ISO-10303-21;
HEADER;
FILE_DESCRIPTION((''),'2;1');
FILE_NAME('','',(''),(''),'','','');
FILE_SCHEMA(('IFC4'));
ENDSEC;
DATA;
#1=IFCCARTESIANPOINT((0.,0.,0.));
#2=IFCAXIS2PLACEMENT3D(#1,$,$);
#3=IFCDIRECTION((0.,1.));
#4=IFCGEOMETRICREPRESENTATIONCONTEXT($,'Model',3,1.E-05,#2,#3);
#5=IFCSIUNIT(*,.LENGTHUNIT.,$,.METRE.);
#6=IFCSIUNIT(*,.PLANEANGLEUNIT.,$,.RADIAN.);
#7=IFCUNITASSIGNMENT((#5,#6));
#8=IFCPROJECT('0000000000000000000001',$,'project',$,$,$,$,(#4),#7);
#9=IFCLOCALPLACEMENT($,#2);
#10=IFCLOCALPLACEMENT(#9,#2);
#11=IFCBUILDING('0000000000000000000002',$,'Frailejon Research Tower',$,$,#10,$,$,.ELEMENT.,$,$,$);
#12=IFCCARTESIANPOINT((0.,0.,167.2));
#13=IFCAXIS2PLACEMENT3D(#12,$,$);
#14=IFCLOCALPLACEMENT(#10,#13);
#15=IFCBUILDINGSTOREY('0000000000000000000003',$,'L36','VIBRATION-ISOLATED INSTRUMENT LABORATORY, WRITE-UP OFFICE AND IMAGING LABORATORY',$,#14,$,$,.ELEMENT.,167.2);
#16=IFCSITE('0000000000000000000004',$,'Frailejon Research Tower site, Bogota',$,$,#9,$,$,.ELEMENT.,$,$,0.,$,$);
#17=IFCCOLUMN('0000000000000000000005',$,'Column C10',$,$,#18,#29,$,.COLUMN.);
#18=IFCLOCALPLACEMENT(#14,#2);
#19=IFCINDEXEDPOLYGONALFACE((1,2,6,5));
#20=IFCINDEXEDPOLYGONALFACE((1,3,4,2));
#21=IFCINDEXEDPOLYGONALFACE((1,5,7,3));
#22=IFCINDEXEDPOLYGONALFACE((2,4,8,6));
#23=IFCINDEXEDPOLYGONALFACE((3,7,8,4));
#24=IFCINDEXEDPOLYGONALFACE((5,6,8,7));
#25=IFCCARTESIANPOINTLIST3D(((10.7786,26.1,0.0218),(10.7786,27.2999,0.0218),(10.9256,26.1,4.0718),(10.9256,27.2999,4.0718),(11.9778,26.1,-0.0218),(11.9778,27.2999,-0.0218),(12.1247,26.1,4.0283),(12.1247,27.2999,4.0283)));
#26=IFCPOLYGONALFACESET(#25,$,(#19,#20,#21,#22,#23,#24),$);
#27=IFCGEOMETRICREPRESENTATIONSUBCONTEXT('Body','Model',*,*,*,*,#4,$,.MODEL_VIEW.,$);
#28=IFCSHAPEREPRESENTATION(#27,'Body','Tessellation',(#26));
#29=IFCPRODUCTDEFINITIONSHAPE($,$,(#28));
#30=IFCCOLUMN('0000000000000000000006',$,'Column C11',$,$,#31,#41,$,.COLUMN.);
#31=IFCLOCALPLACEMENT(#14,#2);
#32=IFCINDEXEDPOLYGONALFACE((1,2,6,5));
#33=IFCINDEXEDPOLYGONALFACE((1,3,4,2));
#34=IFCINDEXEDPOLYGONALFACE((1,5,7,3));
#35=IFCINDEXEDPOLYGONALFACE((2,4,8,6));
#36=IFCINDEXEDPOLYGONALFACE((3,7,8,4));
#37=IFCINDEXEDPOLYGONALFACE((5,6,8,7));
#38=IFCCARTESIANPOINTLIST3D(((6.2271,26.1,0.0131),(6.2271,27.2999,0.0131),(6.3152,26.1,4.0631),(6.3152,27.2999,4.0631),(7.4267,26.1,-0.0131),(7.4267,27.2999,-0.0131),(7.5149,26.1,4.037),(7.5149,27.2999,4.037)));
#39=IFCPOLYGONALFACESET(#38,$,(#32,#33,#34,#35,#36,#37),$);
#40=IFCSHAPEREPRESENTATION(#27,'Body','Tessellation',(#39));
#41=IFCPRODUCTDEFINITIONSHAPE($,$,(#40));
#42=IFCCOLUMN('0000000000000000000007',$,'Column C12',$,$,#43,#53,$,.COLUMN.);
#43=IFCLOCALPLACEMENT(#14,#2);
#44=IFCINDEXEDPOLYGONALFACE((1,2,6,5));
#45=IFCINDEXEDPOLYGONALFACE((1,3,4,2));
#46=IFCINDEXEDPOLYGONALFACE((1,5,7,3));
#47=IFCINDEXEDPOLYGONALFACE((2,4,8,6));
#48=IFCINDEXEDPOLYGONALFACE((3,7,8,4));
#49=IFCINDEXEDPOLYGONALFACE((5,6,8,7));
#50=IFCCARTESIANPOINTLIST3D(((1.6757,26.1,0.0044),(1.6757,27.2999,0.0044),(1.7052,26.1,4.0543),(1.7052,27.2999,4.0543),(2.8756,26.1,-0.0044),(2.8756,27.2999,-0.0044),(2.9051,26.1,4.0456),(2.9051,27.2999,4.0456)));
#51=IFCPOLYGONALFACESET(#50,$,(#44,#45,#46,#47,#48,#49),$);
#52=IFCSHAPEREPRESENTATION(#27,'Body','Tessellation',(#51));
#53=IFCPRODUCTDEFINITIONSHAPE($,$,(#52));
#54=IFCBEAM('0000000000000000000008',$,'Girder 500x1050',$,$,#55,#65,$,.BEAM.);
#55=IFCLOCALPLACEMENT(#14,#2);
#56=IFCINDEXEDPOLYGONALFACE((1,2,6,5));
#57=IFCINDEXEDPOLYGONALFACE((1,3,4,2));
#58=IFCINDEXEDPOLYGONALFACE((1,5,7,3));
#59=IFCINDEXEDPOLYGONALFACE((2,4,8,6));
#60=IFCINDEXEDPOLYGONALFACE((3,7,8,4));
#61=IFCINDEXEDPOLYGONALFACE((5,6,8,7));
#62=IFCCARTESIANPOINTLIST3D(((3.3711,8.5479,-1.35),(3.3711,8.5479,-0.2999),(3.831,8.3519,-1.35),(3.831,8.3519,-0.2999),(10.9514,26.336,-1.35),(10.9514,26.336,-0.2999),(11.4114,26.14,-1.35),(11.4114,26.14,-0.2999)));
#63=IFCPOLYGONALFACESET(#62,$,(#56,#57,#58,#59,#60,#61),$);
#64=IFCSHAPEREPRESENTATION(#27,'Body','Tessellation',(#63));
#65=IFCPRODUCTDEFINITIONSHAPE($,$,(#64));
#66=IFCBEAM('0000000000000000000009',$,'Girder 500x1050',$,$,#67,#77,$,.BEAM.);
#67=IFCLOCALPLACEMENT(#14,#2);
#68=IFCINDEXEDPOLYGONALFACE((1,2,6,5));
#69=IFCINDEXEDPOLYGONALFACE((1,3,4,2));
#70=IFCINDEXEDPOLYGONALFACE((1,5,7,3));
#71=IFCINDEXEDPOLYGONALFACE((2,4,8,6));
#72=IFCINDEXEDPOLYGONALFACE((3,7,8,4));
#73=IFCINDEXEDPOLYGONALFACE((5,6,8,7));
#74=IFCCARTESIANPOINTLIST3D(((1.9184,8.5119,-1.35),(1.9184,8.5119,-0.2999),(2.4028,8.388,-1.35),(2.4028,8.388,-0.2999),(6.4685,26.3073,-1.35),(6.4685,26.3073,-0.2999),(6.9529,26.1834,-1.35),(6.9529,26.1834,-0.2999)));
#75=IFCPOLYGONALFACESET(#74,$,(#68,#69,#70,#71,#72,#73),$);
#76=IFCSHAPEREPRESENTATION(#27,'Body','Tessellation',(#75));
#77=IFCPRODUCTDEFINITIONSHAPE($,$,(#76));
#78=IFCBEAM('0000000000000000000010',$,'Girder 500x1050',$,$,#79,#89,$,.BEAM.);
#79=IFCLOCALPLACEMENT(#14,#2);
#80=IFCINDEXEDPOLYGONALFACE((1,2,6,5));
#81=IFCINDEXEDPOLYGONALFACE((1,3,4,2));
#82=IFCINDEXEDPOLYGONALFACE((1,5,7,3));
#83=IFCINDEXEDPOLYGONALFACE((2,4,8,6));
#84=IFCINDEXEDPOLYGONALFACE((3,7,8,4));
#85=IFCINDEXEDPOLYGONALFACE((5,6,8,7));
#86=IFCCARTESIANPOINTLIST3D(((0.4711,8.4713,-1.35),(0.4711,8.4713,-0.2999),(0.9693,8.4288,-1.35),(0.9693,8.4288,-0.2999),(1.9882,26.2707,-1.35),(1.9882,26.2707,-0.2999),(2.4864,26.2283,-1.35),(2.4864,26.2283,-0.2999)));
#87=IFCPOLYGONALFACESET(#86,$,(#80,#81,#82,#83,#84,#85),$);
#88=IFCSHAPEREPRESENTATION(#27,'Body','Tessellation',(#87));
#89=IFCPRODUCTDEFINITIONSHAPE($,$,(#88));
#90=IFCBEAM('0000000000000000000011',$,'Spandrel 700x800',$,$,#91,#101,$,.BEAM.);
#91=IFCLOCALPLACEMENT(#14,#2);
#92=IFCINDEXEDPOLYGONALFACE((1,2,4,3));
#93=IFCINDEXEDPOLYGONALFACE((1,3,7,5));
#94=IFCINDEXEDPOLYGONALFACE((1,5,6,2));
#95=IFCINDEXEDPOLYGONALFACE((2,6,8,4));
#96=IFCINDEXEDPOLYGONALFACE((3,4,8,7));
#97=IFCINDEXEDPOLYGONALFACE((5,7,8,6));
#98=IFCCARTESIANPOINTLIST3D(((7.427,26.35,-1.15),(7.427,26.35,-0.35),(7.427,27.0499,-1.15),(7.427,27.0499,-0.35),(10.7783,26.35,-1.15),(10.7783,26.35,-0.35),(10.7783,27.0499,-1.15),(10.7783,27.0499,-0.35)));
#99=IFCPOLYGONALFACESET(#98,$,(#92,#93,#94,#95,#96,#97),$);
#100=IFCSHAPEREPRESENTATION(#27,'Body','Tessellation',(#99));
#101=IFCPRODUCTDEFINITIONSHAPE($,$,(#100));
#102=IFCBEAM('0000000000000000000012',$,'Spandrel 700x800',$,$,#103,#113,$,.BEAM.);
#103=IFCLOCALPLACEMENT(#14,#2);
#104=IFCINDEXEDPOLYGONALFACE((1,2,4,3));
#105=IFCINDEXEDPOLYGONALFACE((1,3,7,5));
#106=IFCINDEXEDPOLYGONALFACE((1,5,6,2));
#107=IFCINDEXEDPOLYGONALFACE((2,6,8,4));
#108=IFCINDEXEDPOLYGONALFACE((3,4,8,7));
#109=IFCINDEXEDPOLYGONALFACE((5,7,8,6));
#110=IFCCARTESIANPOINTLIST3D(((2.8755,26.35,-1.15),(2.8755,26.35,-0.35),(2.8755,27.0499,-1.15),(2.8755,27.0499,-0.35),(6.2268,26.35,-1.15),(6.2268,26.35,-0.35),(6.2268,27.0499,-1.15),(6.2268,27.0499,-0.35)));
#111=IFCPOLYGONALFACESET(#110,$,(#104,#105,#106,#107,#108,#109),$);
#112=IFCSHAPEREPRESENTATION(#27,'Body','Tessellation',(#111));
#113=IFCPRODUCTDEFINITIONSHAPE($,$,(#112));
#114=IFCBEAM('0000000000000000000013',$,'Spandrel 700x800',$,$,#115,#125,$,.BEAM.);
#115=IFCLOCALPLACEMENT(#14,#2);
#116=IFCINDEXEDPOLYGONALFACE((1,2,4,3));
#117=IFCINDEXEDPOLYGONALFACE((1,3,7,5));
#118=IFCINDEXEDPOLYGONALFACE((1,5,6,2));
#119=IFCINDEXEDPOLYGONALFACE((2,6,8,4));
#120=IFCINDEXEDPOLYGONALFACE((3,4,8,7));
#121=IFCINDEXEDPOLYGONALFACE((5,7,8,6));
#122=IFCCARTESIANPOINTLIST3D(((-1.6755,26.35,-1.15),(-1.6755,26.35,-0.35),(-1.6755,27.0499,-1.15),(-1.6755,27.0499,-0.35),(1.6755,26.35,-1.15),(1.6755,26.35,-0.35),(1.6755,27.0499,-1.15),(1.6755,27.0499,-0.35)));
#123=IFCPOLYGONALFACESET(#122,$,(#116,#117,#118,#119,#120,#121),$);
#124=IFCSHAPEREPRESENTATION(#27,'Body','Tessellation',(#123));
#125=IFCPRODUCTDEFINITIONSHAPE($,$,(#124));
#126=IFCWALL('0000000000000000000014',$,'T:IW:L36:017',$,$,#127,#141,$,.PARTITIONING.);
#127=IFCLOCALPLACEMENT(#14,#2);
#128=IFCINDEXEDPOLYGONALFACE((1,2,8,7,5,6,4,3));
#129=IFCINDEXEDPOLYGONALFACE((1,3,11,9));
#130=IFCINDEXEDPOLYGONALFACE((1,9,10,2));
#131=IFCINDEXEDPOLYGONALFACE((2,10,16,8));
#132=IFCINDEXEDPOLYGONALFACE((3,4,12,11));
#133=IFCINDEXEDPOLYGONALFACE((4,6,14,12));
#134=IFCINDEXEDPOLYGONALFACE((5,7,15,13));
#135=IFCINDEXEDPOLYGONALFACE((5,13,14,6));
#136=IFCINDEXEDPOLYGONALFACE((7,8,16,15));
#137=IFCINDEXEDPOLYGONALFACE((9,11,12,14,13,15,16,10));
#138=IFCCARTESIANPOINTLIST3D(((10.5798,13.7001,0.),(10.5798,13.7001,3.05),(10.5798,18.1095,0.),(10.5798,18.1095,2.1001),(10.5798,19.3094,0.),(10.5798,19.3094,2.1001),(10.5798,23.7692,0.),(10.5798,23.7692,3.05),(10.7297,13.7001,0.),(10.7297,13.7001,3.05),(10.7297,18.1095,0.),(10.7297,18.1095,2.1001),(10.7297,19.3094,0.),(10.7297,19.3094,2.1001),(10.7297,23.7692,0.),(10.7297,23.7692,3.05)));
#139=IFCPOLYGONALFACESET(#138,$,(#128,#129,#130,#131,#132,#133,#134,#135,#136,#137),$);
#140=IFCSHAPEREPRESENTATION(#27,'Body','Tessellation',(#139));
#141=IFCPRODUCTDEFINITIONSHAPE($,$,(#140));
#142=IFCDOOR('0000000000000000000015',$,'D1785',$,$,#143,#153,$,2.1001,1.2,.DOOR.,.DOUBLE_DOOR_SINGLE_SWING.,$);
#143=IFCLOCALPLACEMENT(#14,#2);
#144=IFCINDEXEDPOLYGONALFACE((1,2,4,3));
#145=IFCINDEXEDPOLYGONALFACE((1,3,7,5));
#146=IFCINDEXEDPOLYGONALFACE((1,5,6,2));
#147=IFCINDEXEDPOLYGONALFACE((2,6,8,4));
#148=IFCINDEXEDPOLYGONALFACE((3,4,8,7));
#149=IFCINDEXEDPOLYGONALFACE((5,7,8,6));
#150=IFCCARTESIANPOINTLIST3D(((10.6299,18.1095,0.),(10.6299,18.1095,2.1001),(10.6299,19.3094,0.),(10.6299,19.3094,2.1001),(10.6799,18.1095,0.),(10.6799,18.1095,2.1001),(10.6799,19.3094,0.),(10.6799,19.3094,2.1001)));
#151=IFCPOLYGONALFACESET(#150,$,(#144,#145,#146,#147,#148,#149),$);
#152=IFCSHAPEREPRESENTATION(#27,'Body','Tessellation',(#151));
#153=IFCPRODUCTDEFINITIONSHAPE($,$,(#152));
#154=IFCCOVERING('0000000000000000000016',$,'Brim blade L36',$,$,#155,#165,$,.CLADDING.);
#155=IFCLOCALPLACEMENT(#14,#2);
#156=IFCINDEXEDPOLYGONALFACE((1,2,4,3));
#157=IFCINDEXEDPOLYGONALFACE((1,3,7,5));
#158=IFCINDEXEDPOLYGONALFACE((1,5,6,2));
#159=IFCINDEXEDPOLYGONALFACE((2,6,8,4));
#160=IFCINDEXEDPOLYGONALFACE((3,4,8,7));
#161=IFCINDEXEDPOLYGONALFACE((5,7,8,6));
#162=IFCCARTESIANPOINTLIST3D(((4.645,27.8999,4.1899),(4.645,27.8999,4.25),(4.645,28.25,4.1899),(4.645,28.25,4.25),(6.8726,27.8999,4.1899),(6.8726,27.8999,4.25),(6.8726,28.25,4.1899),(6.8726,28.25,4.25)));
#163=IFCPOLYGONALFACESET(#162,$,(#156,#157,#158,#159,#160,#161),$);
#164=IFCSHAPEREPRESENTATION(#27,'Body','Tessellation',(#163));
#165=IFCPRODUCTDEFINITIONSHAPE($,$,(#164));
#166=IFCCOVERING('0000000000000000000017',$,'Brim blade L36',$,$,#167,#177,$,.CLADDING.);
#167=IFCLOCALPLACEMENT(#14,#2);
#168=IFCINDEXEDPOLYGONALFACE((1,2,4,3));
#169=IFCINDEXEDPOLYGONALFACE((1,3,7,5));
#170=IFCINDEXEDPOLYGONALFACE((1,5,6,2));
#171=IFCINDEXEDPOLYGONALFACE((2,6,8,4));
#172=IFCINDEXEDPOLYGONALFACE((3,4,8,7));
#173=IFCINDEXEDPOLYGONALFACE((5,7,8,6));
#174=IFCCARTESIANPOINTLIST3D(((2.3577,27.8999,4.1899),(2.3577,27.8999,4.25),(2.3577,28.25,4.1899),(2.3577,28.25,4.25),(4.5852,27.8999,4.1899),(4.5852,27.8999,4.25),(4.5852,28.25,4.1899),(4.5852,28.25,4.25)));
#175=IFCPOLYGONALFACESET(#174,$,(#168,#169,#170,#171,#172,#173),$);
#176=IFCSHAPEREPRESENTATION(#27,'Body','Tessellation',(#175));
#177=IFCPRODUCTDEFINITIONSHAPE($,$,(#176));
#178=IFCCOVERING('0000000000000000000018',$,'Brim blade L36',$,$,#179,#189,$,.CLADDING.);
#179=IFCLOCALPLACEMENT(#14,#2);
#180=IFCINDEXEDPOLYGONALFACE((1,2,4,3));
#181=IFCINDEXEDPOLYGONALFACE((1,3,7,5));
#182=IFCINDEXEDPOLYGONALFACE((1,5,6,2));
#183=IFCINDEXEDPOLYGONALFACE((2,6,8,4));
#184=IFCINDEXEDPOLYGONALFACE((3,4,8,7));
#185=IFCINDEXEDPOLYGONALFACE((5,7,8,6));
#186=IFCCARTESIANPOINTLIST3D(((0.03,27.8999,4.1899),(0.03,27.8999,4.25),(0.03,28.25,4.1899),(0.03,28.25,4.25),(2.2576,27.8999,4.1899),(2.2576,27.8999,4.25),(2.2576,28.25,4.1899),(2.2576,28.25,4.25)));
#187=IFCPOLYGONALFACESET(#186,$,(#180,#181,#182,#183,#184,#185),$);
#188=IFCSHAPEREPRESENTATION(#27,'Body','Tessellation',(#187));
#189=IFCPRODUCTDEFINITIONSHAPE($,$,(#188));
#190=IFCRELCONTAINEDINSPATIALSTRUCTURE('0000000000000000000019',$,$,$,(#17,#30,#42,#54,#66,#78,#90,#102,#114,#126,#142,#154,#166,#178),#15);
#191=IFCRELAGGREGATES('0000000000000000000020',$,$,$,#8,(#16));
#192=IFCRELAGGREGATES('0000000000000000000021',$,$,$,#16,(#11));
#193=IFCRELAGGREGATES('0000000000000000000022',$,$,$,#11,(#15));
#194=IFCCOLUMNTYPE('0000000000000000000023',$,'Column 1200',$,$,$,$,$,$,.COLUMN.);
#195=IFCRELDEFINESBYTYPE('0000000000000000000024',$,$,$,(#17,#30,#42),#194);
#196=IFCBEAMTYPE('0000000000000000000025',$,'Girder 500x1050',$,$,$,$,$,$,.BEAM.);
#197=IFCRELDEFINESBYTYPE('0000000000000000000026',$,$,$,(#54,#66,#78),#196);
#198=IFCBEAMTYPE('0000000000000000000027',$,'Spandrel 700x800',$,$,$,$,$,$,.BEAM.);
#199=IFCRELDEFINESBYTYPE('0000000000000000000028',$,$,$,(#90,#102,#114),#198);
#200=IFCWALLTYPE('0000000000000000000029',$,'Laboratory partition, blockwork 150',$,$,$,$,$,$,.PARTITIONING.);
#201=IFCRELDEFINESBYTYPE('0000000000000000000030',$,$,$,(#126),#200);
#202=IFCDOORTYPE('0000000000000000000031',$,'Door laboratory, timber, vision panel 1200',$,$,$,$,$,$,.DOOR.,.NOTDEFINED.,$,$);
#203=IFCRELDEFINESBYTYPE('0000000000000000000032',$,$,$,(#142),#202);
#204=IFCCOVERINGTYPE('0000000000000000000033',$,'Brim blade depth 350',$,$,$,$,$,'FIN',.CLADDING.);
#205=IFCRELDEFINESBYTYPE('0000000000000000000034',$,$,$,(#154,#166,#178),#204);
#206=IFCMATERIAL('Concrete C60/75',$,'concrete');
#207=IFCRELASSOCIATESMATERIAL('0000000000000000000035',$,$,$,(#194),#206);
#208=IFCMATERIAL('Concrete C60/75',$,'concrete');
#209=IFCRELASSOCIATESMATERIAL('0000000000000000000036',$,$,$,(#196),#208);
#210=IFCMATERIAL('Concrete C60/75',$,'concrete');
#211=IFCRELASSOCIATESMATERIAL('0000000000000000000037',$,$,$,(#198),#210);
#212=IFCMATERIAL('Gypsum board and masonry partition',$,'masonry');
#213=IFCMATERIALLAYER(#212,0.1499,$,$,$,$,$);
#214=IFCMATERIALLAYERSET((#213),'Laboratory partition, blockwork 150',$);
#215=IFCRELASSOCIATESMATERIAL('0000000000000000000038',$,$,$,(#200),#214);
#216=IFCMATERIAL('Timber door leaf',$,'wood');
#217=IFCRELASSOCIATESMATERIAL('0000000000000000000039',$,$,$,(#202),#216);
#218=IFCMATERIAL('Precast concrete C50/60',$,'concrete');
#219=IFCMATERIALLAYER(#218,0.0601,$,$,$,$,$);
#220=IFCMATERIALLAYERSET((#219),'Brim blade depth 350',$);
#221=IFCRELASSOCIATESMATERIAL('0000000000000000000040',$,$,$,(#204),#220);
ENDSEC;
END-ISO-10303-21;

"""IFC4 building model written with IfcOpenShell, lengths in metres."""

from ifc_helpers import new_model, si_unit, direction, frame, frame_2d, origin, origin_2d, place, context, subcontext, project, spatial, polyline, rectangle, outline, extrude, material, layer, layer_set, material_profile, profile_set, type_object, element, fill, save


model = new_model("IFC4")

# Units and contexts
model_context = context("Model", 3, precision=1e-05, world=origin(), true_north=direction((0.0, 1.0)))
body_context = subcontext(model_context, "Body", "Model", "MODEL_VIEW")
ifc_project = project(units=[si_unit("LENGTHUNIT", "METRE"), si_unit("PLANEANGLEUNIT", "RADIAN")], contexts=[model_context])

# Site, building, storey
site_placement = place(None, origin())
site = spatial("IfcSite", under=ifc_project, at=site_placement, Name="Frailejon Research Tower site, Bogota", CompositionType="ELEMENT", RefElevation=0.0)
building_placement = place(site_placement, origin())
building = spatial("IfcBuilding", under=site, at=building_placement, Name="Frailejon Research Tower", CompositionType="ELEMENT")
storey_placement = place(building_placement, frame((0.0, 0.0, 167.2)))
storey = spatial("IfcBuildingStorey", under=building, at=storey_placement, Name="L36", Description="VIBRATION-ISOLATED INSTRUMENT LABORATORY, WRITE-UP OFFICE AND IMAGING LABORATORY", CompositionType="ELEMENT", Elevation=167.2)

# Columns
ifc_material_1 = material(Name="Concrete C60/75", Category="concrete")
ifc_material_profile_1 = material_profile(ifc_material_1, rectangle(XDim=1.2, YDim=1.2, at=origin_2d()), Name="Column 1200")
ifc_profile_set_1 = profile_set([ifc_material_profile_1], Name="Concrete C60/75")
column_type = type_object("IfcColumnType", Name="Column 1200", PredefinedType="COLUMN", material=ifc_profile_set_1)
column_1_placement = place(storey_placement, frame((11.3782, 26.7, 0.0), z_axis=(0.036265, 0.0, 0.999342), x_axis=(-0.999342, 0.0, 0.036265)))
element("IfcColumn", 1, at=column_1_placement, inside=storey, type_object=column_type, Name="Column C10", PredefinedType="COLUMN", context=body_context, shape_type="SweptSolid", body=[
    extrude(rectangle(XDim=1.2, YDim=1.2, at=origin_2d()), origin(), (0.0, 0.0, 1.0), 4.0527),
])
column_2_placement = place(storey_placement, frame((6.8269, 26.7, 0.0), z_axis=(0.021756, 0.0, 0.999763), x_axis=(-0.999763, 0.0, 0.021756)))
element("IfcColumn", 2, at=column_2_placement, inside=storey, type_object=column_type, Name="Column C11", PredefinedType="COLUMN", context=body_context, shape_type="SweptSolid", body=[
    extrude(rectangle(XDim=1.2, YDim=1.2, at=origin_2d()), origin(), (0.0, 0.0, 1.0), 4.051),
])
column_3_placement = place(storey_placement, frame((2.2756, 26.7, 0.0), z_axis=(0.007294, 0.0, 0.999973), x_axis=(-0.999973, 0.0, 0.007294)))
element("IfcColumn", 3, at=column_3_placement, inside=storey, type_object=column_type, Name="Column C12", PredefinedType="COLUMN", context=body_context, shape_type="SweptSolid", body=[
    extrude(rectangle(XDim=1.2, YDim=1.2, at=origin_2d()), origin(), (0.0, 0.0, 1.0), 4.05),
])

# Beams
ifc_material_2 = material(Name="Concrete C60/75", Category="concrete")
ifc_material_profile_2 = material_profile(ifc_material_2, rectangle(XDim=0.5, YDim=1.05, at=origin_2d()), Name="Girder 500x1050")
ifc_profile_set_2 = profile_set([ifc_material_profile_2], Name="Concrete C60/75")
beam_type_1 = type_object("IfcBeamType", Name="Girder 500x1050", PredefinedType="BEAM", material=ifc_profile_set_2)
beam_1_placement = place(storey_placement, frame((11.1814, 26.238, -0.825), z_axis=(-0.392033, -0.919951, 0.0), x_axis=(0.919951, -0.392033, 0.0)))
element("IfcBeam", 4, at=beam_1_placement, inside=storey, type_object=beam_type_1, Name="Girder 500x1050", PredefinedType="BEAM", context=body_context, shape_type="SweptSolid", body=[
    extrude(rectangle(XDim=0.5, YDim=1.05, at=origin_2d()), origin(), (0.0, 0.0, 1.0), 19.3359),
])
beam_2_placement = place(storey_placement, frame((6.7107, 26.2454, -0.825), z_axis=(-0.247717, -0.968832, 0.0), x_axis=(0.968832, -0.247717, 0.0)))
element("IfcBeam", 5, at=beam_2_placement, inside=storey, type_object=beam_type_1, Name="Girder 500x1050", PredefinedType="BEAM", context=body_context, shape_type="SweptSolid", body=[
    extrude(rectangle(XDim=0.5, YDim=1.05, at=origin_2d()), origin(), (0.0, 0.0, 1.0), 18.3679),
])
beam_3_placement = place(storey_placement, frame((2.2373, 26.2495, -0.825), z_axis=(-0.084924, -0.996387, 0.0), x_axis=(0.996387, -0.084924, 0.0)))
element("IfcBeam", 6, at=beam_3_placement, inside=storey, type_object=beam_type_1, Name="Girder 500x1050", PredefinedType="BEAM", context=body_context, shape_type="SweptSolid", body=[
    extrude(rectangle(XDim=0.5, YDim=1.05, at=origin_2d()), origin(), (0.0, 0.0, 1.0), 17.864),
])
ifc_material_3 = material(Name="Concrete C60/75", Category="concrete")
ifc_material_profile_3 = material_profile(ifc_material_3, rectangle(XDim=0.7, YDim=0.8, at=origin_2d()), Name="Spandrel 700x800")
ifc_profile_set_3 = profile_set([ifc_material_profile_3], Name="Concrete C60/75")
beam_type_2 = type_object("IfcBeamType", Name="Spandrel 700x800", PredefinedType="BEAM", material=ifc_profile_set_3)
for number, where, z_axis, x_axis, name in (
    (7, (10.7783, 26.7, -0.75), (-1.0, 0.0, 0.0), (0.0, -1.0, 0.0), "Spandrel 700x800"),
    (8, (6.2268, 26.7, -0.75), (-1.0, 0.0, 0.0), (0.0, -1.0, 0.0), "Spandrel 700x800"),
):
    element("IfcBeam", number, at=place(storey_placement, frame(where, z_axis=z_axis, x_axis=x_axis)), inside=storey, type_object=beam_type_2, Name=name, PredefinedType="BEAM", context=body_context, shape_type="SweptSolid", body=[
        extrude(rectangle(XDim=0.7, YDim=0.8, at=origin_2d()), origin(), (0.0, 0.0, 1.0), 3.3513),
    ])
beam_4_placement = place(storey_placement, frame((1.6755, 26.7, -0.75), z_axis=(-1.0, 0.0, 0.0), x_axis=(0.0, -1.0, 0.0)))
element("IfcBeam", 9, at=beam_4_placement, inside=storey, type_object=beam_type_2, Name="Spandrel 700x800", PredefinedType="BEAM", context=body_context, shape_type="SweptSolid", body=[
    extrude(rectangle(XDim=0.7, YDim=0.8, at=origin_2d()), origin(), (0.0, 0.0, 1.0), 3.3511),
])

# Wall, opening, door
ifc_material_4 = material(Name="Gypsum board and masonry partition", Category="masonry")
ifc_layer_1 = layer(ifc_material_4, 0.1499)
ifc_layer_set_1 = layer_set([ifc_layer_1], Name="Laboratory partition, blockwork 150")
wall_type_1 = type_object("IfcWallType", Name="Laboratory partition, blockwork 150", PredefinedType="PARTITIONING", material=ifc_layer_set_1)
wall_1_placement = place(storey_placement, frame((10.6548, 13.7, 0.0), z_axis=(0.0, 0.0, 1.0), x_axis=(0.0, 1.0, 0.0)))
wall_1 = element("IfcWall", 10, at=wall_1_placement, inside=storey, type_object=wall_type_1, Name="T:IW:L36:017", PredefinedType="PARTITIONING", context=body_context, shape_type="SweptSolid", body=[
    extrude(rectangle(XDim=10.0691, YDim=0.1499, at=frame_2d((5.0347, 0.0))), origin(), (0.0, 0.0, 1.0), 3.05),
])
opening_1_placement = place(wall_1_placement, frame((4.4094, 0.0, 0.0)))
opening_1 = element("IfcOpeningElement", 11, at=opening_1_placement, cuts=wall_1, PredefinedType="OPENING", context=body_context, shape_type="SweptSolid", body=[
    extrude(rectangle(XDim=1.2, YDim=2.1001, at=frame_2d((0.6001, 1.05))), frame((0.0, 0.085, 0.0), z_axis=(0.0, -1.0, 0.0), x_axis=(1.0, 0.0, 0.0)), (0.0, 0.0, 1.0), 0.1699),
])
ifc_material_5 = material(Name="Timber door leaf", Category="wood")
door_type_1 = type_object("IfcDoorType", Name="Door laboratory, timber, vision panel 1200", OperationType="NOTDEFINED", PredefinedType="DOOR", material=ifc_material_5)
door_1_placement = place(opening_1_placement, origin())
door_1 = element("IfcDoor", 12, at=door_1_placement, inside=storey, type_object=door_type_1, Name="D1785", OperationType="DOUBLE_DOOR_SINGLE_SWING", OverallHeight=2.1001, OverallWidth=1.2, PredefinedType="DOOR", context=body_context, shape_type="SweptSolid", body=[
    extrude(rectangle(XDim=1.2, YDim=2.1001, at=frame_2d((0.6001, 1.05))), frame((0.0, 0.0249, 0.0), z_axis=(0.0, -1.0, 0.0), x_axis=(1.0, 0.0, 0.0)), (0.0, 0.0, 1.0), 0.05),
])
fill(opening_1, door_1)

# Coverings
ifc_material_6 = material(Name="Precast concrete C50/60", Category="concrete")
ifc_layer_2 = layer(ifc_material_6, 0.0601)
ifc_layer_set_2 = layer_set([ifc_layer_2], Name="Brim blade depth 350")
covering_type_1 = type_object("IfcCoveringType", Name="Brim blade depth 350", ElementType="FIN", PredefinedType="CLADDING", material=ifc_layer_set_2)
for number, where, z_axis, x_axis, name in (
    (13, (4.645, 27.8999, 4.25), (1.0, 0.0, 0.0), (0.0, 1.0, 0.0), "Brim blade L36"),
    (14, (2.3577, 27.8999, 4.25), (1.0, 0.0, 0.0), (0.0, 1.0, 0.0), "Brim blade L36"),
    (15, (0.03, 27.8999, 4.25), (1.0, 0.0, 0.0), (0.0, 1.0, 0.0), "Brim blade L36"),
):
    element("IfcCovering", number, at=place(storey_placement, frame(where, z_axis=z_axis, x_axis=x_axis)), inside=storey, type_object=covering_type_1, Name=name, PredefinedType="CLADDING", context=body_context, shape_type="SweptSolid", body=[
        extrude(outline(polyline([(0.0, -0.0601), (0.3501, -0.0601), (0.3501, 0.0), (0.0, 0.0), (0.0, -0.0601)])), origin(), (0.0, 0.0, 1.0), 2.2275),
    ])

save(model, "model.ifc")
